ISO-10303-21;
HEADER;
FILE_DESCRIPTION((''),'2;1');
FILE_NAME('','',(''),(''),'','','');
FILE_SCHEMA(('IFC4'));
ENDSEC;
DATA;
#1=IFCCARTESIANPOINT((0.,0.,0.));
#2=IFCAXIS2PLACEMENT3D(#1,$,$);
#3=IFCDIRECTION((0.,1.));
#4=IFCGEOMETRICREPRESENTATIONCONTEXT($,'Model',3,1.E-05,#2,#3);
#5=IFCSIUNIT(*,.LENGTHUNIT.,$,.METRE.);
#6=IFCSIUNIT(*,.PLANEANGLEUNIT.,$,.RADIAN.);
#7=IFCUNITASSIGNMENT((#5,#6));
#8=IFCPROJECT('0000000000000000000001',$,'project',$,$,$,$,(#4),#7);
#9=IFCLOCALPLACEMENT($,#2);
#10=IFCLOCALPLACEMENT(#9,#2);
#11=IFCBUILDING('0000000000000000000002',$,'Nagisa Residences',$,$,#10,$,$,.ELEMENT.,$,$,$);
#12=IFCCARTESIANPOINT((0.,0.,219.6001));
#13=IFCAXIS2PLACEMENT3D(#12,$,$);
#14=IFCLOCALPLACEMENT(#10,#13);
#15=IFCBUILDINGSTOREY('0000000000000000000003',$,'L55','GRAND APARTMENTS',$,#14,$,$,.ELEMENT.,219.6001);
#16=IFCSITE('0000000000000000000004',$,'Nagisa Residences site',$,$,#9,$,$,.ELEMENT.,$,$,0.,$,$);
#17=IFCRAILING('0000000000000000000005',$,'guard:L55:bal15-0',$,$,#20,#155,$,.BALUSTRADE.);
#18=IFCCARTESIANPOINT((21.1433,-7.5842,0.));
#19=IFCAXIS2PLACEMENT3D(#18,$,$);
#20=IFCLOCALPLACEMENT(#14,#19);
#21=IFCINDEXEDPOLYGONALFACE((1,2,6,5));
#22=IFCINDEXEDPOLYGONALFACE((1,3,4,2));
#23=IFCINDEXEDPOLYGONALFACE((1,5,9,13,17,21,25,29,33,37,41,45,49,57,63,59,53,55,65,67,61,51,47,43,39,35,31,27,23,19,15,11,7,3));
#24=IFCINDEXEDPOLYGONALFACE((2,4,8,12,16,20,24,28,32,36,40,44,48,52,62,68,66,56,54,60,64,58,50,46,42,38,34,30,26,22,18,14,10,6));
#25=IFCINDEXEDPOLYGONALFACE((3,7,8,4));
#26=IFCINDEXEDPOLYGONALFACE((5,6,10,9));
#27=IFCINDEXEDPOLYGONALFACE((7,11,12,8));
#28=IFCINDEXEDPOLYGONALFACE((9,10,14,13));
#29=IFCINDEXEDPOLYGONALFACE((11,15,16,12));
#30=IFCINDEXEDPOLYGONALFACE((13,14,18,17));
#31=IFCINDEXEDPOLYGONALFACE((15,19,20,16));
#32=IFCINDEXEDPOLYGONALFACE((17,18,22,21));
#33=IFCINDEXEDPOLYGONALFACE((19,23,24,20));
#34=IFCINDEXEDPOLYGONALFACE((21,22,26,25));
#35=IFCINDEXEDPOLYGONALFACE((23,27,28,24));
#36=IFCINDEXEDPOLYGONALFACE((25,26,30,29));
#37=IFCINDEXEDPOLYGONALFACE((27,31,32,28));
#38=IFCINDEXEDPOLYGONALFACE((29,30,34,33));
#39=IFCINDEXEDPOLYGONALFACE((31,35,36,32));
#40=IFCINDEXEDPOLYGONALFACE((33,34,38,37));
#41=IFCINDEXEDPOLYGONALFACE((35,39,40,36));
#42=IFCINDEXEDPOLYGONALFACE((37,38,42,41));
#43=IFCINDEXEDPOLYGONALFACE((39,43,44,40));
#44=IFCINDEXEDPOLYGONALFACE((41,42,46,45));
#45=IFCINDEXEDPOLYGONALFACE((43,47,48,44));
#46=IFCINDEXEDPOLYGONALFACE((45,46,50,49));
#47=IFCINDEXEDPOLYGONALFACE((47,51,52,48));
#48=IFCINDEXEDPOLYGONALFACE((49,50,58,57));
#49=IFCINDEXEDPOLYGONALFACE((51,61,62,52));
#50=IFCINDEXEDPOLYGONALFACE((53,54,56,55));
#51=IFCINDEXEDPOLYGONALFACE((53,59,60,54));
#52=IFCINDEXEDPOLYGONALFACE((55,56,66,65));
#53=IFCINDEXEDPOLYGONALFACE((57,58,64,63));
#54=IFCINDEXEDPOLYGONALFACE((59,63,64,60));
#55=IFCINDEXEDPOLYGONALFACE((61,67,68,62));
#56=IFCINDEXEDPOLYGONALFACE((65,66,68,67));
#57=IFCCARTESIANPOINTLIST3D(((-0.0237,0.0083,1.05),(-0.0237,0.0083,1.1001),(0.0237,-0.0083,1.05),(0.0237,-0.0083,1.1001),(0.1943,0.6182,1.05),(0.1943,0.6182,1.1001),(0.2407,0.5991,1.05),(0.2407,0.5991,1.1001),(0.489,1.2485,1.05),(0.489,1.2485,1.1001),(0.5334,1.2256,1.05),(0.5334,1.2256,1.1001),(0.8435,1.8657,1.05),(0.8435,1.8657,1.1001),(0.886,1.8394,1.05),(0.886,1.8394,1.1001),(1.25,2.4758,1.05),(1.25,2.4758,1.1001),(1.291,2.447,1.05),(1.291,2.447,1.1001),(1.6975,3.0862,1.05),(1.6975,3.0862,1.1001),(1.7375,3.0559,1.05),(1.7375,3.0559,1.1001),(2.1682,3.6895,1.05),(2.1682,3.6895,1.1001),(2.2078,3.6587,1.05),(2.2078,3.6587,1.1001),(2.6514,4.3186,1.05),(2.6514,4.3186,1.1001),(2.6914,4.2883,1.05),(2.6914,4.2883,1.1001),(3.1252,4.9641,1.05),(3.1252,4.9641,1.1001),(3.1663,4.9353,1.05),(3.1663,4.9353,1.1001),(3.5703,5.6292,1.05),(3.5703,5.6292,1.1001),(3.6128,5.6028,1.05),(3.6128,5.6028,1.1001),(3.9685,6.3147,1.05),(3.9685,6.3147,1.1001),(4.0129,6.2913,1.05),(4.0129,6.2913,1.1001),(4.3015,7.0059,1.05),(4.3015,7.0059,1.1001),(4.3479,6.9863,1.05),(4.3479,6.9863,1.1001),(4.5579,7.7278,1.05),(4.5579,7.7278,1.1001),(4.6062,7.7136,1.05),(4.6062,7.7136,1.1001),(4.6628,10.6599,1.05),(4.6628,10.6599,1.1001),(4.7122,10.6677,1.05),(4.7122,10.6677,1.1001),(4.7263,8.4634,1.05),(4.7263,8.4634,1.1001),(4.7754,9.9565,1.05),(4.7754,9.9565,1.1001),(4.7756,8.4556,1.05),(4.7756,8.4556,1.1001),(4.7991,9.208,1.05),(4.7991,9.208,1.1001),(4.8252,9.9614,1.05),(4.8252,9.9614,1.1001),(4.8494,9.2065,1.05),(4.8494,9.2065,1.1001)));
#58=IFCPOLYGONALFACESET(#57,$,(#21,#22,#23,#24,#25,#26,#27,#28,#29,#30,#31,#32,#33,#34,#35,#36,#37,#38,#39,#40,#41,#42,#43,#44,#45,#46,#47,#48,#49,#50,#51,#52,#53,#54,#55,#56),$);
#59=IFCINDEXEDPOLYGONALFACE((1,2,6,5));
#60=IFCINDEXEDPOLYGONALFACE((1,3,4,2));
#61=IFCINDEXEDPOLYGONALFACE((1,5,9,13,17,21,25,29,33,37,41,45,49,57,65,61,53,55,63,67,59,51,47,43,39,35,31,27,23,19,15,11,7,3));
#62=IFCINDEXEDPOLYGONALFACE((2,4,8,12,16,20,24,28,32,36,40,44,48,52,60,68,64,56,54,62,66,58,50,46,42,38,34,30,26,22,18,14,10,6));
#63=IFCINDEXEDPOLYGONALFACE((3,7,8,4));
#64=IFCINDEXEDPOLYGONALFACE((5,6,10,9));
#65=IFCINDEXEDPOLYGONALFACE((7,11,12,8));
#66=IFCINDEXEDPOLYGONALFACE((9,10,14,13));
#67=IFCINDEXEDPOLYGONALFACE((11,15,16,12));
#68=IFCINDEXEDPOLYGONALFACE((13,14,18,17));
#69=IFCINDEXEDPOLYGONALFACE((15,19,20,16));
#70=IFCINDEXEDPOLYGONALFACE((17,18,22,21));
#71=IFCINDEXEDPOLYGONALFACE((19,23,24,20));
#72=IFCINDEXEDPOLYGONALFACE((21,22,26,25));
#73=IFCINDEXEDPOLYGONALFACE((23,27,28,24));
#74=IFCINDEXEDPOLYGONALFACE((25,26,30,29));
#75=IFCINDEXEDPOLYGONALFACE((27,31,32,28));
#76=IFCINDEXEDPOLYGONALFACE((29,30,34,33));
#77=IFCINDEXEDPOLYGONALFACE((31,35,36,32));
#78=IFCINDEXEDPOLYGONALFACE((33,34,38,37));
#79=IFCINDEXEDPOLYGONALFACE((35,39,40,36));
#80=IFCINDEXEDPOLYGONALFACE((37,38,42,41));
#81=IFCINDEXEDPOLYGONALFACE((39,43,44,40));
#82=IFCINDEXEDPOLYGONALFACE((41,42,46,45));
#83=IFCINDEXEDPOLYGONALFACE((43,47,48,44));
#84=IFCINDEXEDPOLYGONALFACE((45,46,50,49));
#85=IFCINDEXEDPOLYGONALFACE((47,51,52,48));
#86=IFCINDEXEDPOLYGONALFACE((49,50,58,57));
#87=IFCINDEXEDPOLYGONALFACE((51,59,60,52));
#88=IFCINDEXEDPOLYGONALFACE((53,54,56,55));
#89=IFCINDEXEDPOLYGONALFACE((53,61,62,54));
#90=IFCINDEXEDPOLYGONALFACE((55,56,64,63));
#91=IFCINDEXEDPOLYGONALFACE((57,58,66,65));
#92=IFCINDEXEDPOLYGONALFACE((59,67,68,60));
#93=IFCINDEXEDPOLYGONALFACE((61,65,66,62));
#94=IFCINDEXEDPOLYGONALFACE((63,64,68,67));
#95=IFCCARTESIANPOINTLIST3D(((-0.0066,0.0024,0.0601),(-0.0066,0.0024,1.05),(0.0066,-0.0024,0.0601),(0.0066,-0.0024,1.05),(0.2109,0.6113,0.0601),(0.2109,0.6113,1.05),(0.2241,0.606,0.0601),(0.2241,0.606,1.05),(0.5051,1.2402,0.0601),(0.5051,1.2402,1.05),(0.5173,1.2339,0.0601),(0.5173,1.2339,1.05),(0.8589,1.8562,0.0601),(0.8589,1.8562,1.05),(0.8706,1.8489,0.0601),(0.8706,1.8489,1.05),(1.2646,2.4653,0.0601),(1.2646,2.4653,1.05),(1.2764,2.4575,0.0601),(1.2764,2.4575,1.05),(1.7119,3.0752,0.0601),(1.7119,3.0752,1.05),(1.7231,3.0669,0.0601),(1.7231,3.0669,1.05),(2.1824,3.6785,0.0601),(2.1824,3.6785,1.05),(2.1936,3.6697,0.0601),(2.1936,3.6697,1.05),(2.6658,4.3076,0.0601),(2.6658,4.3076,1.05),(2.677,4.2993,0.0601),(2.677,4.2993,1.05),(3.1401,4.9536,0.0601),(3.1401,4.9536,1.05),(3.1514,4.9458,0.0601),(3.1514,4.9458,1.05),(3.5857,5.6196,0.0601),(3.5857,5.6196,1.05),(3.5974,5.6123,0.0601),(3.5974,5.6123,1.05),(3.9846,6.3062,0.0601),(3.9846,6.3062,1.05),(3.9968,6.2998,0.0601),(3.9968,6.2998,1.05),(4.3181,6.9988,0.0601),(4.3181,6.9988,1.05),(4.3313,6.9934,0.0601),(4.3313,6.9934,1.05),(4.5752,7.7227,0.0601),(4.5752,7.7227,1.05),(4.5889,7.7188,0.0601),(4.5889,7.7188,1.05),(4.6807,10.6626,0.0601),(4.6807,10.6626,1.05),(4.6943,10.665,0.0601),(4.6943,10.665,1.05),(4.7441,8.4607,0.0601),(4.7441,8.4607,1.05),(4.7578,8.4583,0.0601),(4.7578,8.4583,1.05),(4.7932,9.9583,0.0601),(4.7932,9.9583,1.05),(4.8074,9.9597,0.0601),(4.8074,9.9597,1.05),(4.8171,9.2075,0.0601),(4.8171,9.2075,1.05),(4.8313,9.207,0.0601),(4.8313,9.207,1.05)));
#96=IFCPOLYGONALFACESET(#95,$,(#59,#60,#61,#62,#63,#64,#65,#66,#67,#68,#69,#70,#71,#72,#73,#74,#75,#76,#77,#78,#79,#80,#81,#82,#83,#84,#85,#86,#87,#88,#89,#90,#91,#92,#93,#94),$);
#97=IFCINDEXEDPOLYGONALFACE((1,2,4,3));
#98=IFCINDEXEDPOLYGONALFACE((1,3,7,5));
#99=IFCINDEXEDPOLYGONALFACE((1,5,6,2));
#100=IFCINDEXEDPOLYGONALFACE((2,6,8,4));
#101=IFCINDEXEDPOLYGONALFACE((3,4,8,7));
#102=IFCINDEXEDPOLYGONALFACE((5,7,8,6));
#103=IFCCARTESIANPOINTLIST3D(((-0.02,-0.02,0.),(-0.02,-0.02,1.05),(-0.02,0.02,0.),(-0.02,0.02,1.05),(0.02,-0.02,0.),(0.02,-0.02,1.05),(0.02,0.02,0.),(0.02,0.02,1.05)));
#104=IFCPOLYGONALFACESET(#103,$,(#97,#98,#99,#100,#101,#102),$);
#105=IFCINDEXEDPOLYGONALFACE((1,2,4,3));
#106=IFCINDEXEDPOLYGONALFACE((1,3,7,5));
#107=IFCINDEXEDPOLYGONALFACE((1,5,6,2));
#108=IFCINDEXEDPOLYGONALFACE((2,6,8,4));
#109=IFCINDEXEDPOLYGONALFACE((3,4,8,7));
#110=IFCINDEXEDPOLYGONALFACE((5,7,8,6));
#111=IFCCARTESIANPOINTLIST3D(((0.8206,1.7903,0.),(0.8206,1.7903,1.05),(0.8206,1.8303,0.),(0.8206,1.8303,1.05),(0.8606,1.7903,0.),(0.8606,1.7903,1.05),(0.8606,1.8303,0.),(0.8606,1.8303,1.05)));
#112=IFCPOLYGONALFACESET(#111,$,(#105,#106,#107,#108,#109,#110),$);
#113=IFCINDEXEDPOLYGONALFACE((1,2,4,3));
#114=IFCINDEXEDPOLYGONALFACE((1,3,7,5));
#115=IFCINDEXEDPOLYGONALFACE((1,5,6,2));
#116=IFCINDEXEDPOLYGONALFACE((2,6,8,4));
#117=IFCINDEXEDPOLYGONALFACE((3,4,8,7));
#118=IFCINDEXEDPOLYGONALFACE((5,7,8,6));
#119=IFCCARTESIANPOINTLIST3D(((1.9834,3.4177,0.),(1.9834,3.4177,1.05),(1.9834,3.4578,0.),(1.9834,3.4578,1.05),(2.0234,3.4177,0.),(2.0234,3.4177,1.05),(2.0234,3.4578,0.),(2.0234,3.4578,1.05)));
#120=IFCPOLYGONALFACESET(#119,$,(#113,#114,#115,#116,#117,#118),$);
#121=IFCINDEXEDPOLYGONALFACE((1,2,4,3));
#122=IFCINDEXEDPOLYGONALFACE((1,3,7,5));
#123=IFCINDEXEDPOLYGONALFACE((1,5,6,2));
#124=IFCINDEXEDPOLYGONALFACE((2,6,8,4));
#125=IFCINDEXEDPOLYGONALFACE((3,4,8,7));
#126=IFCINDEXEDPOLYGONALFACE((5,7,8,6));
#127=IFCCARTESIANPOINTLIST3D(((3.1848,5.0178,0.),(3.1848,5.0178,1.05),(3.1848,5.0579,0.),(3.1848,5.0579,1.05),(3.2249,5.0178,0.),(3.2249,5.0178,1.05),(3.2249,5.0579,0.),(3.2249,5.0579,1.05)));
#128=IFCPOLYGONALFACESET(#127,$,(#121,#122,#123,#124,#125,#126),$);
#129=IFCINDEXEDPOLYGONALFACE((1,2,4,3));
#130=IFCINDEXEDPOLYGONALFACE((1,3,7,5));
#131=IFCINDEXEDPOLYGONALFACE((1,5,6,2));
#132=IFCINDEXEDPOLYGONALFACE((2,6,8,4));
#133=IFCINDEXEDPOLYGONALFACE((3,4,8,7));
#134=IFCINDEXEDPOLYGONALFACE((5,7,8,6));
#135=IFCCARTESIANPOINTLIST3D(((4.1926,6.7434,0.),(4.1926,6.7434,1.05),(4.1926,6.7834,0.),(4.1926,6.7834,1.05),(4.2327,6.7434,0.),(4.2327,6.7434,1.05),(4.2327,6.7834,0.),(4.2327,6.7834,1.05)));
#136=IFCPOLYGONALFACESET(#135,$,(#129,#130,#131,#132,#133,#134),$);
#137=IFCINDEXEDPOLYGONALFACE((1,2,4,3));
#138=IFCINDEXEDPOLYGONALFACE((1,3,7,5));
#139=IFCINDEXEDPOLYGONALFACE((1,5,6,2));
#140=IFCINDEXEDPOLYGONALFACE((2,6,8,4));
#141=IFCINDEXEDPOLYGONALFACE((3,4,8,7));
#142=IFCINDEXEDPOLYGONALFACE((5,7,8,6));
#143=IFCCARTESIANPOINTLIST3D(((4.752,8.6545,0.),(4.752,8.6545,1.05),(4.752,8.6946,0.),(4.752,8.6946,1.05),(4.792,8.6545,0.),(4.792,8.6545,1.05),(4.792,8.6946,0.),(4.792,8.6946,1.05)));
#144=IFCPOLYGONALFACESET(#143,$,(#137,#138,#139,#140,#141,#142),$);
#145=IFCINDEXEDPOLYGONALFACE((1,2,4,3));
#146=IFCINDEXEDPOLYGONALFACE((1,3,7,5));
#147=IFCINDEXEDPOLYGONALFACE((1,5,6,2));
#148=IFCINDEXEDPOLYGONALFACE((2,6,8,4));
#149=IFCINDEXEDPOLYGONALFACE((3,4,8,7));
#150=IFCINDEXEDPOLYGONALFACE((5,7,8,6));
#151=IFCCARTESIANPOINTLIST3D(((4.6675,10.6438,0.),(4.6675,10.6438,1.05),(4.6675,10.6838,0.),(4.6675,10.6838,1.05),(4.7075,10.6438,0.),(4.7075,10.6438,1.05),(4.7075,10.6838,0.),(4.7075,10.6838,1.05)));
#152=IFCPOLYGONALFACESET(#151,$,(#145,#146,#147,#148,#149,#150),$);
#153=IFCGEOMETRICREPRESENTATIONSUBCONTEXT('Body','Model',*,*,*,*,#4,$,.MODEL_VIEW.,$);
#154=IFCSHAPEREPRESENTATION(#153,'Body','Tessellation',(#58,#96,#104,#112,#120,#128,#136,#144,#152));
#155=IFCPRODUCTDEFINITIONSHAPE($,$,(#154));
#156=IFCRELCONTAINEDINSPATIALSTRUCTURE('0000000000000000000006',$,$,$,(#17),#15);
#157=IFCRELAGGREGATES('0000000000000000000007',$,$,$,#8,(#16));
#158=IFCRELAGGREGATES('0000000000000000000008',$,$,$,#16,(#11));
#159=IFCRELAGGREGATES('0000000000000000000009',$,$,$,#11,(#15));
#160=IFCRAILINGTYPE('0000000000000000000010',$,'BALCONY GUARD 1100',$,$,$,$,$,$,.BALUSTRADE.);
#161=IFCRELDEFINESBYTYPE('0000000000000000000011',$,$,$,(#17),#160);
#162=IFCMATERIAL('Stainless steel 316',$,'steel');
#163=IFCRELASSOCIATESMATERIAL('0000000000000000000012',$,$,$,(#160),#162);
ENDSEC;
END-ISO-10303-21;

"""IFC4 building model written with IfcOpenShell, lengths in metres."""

from ifc_helpers import new_model, si_unit, direction, frame, origin, origin_2d, place, context, subcontext, project, spatial, polyline, rectangle, outline, extrude, material, type_object, element, save


model = new_model("IFC4")

# Units and contexts
model_context = context("Model", 3, precision=1e-05, world=origin(), true_north=direction((0.0, 1.0)))
body_context = subcontext(model_context, "Body", "Model", "MODEL_VIEW")
ifc_project = project(units=[si_unit("LENGTHUNIT", "METRE"), si_unit("PLANEANGLEUNIT", "RADIAN")], contexts=[model_context])

# Site, building, storey
site_placement = place(None, origin())
site = spatial("IfcSite", under=ifc_project, at=site_placement, Name="Nagisa Residences site", CompositionType="ELEMENT", RefElevation=0.0)
building_placement = place(site_placement, origin())
building = spatial("IfcBuilding", under=site, at=building_placement, Name="Nagisa Residences", CompositionType="ELEMENT")
storey_placement = place(building_placement, frame((0.0, 0.0, 219.6001)))
storey = spatial("IfcBuildingStorey", under=building, at=storey_placement, Name="L55", Description="GRAND APARTMENTS", CompositionType="ELEMENT", Elevation=219.6001)

# Railing
ifc_material_1 = material(Name="Stainless steel 316", Category="steel")
railing_type_1 = type_object("IfcRailingType", Name="BALCONY GUARD 1100", PredefinedType="BALUSTRADE", material=ifc_material_1)
railing_1_placement = place(storey_placement, frame((21.1433, -7.5842, 0.0)))
element("IfcRailing", 1, at=railing_1_placement, inside=storey, type_object=railing_type_1, Name="guard:L55:bal15-0", PredefinedType="BALUSTRADE", context=body_context, shape_type="SweptSolid", body=[
    extrude(outline(polyline([(0.1943, 0.6182), (-0.0237, 0.0083), (0.0237, -0.0083), (0.2407, 0.5991), (0.5334, 1.2256), (0.886, 1.8394), (1.291, 2.447), (1.7375, 3.0559), (2.2078, 3.6587), (2.6914, 4.2883), (3.1663, 4.9353), (3.6128, 5.6028), (4.0129, 6.2913), (4.3479, 6.9863), (4.6062, 7.7136), (4.7756, 8.4556), (4.8494, 9.2065), (4.8252, 9.9614), (4.7122, 10.6677), (4.6628, 10.6599), (4.7754, 9.9565), (4.7991, 9.208), (4.7263, 8.4634), (4.5579, 7.7278), (4.3015, 7.0059), (3.9685, 6.3147), (3.5703, 5.6292), (3.1252, 4.9641), (2.6514, 4.3186), (2.1682, 3.6895), (1.6975, 3.0862), (1.25, 2.4758), (0.8435, 1.8657), (0.489, 1.2485), (0.1943, 0.6182)])), frame((0.0, 0.0, 1.05)), (0.0, 0.0, 1.0), 0.05),
    extrude(outline(polyline([(0.2109, 0.6113), (-0.0066, 0.0024), (0.0066, -0.0024), (0.2241, 0.606), (0.5173, 1.2339), (0.8706, 1.8489), (1.2764, 2.4575), (1.7231, 3.0669), (2.1936, 3.6697), (2.677, 4.2993), (3.1514, 4.9458), (3.5974, 5.6123), (3.9968, 6.2998), (4.3313, 6.9934), (4.5889, 7.7188), (4.7578, 8.4583), (4.8313, 9.207), (4.8074, 9.9597), (4.6943, 10.665), (4.6807, 10.6626), (4.7932, 9.9583), (4.8171, 9.2075), (4.7441, 8.4607), (4.5752, 7.7227), (4.3181, 6.9988), (3.9846, 6.3062), (3.5857, 5.6196), (3.1401, 4.9536), (2.6658, 4.3076), (2.1824, 3.6785), (1.7119, 3.0752), (1.2646, 2.4653), (0.8589, 1.8562), (0.5051, 1.2402), (0.2109, 0.6113)])), frame((0.0, 0.0, 0.0601)), (0.0, 0.0, 1.0), 0.99),
    extrude(rectangle(XDim=0.04, YDim=0.04, at=origin_2d()), origin(), (0.0, 0.0, 1.0), 1.05),
    extrude(rectangle(XDim=0.04, YDim=0.04, at=origin_2d()), frame((0.8406, 1.8103, 0.0)), (0.0, 0.0, 1.0), 1.05),
    extrude(rectangle(XDim=0.04, YDim=0.04, at=origin_2d()), frame((2.0034, 3.4377, 0.0)), (0.0, 0.0, 1.0), 1.05),
    extrude(rectangle(XDim=0.04, YDim=0.04, at=origin_2d()), frame((3.2048, 5.0378, 0.0)), (0.0, 0.0, 1.0), 1.05),
    extrude(rectangle(XDim=0.04, YDim=0.04, at=origin_2d()), frame((4.2126, 6.7634, 0.0)), (0.0, 0.0, 1.0), 1.05),
    extrude(rectangle(XDim=0.04, YDim=0.04, at=origin_2d()), frame((4.772, 8.6746, 0.0)), (0.0, 0.0, 1.0), 1.05),
    extrude(rectangle(XDim=0.04, YDim=0.04, at=origin_2d()), frame((4.6875, 10.6638, 0.0)), (0.0, 0.0, 1.0), 1.05),
])

save(model, "model.ifc")
